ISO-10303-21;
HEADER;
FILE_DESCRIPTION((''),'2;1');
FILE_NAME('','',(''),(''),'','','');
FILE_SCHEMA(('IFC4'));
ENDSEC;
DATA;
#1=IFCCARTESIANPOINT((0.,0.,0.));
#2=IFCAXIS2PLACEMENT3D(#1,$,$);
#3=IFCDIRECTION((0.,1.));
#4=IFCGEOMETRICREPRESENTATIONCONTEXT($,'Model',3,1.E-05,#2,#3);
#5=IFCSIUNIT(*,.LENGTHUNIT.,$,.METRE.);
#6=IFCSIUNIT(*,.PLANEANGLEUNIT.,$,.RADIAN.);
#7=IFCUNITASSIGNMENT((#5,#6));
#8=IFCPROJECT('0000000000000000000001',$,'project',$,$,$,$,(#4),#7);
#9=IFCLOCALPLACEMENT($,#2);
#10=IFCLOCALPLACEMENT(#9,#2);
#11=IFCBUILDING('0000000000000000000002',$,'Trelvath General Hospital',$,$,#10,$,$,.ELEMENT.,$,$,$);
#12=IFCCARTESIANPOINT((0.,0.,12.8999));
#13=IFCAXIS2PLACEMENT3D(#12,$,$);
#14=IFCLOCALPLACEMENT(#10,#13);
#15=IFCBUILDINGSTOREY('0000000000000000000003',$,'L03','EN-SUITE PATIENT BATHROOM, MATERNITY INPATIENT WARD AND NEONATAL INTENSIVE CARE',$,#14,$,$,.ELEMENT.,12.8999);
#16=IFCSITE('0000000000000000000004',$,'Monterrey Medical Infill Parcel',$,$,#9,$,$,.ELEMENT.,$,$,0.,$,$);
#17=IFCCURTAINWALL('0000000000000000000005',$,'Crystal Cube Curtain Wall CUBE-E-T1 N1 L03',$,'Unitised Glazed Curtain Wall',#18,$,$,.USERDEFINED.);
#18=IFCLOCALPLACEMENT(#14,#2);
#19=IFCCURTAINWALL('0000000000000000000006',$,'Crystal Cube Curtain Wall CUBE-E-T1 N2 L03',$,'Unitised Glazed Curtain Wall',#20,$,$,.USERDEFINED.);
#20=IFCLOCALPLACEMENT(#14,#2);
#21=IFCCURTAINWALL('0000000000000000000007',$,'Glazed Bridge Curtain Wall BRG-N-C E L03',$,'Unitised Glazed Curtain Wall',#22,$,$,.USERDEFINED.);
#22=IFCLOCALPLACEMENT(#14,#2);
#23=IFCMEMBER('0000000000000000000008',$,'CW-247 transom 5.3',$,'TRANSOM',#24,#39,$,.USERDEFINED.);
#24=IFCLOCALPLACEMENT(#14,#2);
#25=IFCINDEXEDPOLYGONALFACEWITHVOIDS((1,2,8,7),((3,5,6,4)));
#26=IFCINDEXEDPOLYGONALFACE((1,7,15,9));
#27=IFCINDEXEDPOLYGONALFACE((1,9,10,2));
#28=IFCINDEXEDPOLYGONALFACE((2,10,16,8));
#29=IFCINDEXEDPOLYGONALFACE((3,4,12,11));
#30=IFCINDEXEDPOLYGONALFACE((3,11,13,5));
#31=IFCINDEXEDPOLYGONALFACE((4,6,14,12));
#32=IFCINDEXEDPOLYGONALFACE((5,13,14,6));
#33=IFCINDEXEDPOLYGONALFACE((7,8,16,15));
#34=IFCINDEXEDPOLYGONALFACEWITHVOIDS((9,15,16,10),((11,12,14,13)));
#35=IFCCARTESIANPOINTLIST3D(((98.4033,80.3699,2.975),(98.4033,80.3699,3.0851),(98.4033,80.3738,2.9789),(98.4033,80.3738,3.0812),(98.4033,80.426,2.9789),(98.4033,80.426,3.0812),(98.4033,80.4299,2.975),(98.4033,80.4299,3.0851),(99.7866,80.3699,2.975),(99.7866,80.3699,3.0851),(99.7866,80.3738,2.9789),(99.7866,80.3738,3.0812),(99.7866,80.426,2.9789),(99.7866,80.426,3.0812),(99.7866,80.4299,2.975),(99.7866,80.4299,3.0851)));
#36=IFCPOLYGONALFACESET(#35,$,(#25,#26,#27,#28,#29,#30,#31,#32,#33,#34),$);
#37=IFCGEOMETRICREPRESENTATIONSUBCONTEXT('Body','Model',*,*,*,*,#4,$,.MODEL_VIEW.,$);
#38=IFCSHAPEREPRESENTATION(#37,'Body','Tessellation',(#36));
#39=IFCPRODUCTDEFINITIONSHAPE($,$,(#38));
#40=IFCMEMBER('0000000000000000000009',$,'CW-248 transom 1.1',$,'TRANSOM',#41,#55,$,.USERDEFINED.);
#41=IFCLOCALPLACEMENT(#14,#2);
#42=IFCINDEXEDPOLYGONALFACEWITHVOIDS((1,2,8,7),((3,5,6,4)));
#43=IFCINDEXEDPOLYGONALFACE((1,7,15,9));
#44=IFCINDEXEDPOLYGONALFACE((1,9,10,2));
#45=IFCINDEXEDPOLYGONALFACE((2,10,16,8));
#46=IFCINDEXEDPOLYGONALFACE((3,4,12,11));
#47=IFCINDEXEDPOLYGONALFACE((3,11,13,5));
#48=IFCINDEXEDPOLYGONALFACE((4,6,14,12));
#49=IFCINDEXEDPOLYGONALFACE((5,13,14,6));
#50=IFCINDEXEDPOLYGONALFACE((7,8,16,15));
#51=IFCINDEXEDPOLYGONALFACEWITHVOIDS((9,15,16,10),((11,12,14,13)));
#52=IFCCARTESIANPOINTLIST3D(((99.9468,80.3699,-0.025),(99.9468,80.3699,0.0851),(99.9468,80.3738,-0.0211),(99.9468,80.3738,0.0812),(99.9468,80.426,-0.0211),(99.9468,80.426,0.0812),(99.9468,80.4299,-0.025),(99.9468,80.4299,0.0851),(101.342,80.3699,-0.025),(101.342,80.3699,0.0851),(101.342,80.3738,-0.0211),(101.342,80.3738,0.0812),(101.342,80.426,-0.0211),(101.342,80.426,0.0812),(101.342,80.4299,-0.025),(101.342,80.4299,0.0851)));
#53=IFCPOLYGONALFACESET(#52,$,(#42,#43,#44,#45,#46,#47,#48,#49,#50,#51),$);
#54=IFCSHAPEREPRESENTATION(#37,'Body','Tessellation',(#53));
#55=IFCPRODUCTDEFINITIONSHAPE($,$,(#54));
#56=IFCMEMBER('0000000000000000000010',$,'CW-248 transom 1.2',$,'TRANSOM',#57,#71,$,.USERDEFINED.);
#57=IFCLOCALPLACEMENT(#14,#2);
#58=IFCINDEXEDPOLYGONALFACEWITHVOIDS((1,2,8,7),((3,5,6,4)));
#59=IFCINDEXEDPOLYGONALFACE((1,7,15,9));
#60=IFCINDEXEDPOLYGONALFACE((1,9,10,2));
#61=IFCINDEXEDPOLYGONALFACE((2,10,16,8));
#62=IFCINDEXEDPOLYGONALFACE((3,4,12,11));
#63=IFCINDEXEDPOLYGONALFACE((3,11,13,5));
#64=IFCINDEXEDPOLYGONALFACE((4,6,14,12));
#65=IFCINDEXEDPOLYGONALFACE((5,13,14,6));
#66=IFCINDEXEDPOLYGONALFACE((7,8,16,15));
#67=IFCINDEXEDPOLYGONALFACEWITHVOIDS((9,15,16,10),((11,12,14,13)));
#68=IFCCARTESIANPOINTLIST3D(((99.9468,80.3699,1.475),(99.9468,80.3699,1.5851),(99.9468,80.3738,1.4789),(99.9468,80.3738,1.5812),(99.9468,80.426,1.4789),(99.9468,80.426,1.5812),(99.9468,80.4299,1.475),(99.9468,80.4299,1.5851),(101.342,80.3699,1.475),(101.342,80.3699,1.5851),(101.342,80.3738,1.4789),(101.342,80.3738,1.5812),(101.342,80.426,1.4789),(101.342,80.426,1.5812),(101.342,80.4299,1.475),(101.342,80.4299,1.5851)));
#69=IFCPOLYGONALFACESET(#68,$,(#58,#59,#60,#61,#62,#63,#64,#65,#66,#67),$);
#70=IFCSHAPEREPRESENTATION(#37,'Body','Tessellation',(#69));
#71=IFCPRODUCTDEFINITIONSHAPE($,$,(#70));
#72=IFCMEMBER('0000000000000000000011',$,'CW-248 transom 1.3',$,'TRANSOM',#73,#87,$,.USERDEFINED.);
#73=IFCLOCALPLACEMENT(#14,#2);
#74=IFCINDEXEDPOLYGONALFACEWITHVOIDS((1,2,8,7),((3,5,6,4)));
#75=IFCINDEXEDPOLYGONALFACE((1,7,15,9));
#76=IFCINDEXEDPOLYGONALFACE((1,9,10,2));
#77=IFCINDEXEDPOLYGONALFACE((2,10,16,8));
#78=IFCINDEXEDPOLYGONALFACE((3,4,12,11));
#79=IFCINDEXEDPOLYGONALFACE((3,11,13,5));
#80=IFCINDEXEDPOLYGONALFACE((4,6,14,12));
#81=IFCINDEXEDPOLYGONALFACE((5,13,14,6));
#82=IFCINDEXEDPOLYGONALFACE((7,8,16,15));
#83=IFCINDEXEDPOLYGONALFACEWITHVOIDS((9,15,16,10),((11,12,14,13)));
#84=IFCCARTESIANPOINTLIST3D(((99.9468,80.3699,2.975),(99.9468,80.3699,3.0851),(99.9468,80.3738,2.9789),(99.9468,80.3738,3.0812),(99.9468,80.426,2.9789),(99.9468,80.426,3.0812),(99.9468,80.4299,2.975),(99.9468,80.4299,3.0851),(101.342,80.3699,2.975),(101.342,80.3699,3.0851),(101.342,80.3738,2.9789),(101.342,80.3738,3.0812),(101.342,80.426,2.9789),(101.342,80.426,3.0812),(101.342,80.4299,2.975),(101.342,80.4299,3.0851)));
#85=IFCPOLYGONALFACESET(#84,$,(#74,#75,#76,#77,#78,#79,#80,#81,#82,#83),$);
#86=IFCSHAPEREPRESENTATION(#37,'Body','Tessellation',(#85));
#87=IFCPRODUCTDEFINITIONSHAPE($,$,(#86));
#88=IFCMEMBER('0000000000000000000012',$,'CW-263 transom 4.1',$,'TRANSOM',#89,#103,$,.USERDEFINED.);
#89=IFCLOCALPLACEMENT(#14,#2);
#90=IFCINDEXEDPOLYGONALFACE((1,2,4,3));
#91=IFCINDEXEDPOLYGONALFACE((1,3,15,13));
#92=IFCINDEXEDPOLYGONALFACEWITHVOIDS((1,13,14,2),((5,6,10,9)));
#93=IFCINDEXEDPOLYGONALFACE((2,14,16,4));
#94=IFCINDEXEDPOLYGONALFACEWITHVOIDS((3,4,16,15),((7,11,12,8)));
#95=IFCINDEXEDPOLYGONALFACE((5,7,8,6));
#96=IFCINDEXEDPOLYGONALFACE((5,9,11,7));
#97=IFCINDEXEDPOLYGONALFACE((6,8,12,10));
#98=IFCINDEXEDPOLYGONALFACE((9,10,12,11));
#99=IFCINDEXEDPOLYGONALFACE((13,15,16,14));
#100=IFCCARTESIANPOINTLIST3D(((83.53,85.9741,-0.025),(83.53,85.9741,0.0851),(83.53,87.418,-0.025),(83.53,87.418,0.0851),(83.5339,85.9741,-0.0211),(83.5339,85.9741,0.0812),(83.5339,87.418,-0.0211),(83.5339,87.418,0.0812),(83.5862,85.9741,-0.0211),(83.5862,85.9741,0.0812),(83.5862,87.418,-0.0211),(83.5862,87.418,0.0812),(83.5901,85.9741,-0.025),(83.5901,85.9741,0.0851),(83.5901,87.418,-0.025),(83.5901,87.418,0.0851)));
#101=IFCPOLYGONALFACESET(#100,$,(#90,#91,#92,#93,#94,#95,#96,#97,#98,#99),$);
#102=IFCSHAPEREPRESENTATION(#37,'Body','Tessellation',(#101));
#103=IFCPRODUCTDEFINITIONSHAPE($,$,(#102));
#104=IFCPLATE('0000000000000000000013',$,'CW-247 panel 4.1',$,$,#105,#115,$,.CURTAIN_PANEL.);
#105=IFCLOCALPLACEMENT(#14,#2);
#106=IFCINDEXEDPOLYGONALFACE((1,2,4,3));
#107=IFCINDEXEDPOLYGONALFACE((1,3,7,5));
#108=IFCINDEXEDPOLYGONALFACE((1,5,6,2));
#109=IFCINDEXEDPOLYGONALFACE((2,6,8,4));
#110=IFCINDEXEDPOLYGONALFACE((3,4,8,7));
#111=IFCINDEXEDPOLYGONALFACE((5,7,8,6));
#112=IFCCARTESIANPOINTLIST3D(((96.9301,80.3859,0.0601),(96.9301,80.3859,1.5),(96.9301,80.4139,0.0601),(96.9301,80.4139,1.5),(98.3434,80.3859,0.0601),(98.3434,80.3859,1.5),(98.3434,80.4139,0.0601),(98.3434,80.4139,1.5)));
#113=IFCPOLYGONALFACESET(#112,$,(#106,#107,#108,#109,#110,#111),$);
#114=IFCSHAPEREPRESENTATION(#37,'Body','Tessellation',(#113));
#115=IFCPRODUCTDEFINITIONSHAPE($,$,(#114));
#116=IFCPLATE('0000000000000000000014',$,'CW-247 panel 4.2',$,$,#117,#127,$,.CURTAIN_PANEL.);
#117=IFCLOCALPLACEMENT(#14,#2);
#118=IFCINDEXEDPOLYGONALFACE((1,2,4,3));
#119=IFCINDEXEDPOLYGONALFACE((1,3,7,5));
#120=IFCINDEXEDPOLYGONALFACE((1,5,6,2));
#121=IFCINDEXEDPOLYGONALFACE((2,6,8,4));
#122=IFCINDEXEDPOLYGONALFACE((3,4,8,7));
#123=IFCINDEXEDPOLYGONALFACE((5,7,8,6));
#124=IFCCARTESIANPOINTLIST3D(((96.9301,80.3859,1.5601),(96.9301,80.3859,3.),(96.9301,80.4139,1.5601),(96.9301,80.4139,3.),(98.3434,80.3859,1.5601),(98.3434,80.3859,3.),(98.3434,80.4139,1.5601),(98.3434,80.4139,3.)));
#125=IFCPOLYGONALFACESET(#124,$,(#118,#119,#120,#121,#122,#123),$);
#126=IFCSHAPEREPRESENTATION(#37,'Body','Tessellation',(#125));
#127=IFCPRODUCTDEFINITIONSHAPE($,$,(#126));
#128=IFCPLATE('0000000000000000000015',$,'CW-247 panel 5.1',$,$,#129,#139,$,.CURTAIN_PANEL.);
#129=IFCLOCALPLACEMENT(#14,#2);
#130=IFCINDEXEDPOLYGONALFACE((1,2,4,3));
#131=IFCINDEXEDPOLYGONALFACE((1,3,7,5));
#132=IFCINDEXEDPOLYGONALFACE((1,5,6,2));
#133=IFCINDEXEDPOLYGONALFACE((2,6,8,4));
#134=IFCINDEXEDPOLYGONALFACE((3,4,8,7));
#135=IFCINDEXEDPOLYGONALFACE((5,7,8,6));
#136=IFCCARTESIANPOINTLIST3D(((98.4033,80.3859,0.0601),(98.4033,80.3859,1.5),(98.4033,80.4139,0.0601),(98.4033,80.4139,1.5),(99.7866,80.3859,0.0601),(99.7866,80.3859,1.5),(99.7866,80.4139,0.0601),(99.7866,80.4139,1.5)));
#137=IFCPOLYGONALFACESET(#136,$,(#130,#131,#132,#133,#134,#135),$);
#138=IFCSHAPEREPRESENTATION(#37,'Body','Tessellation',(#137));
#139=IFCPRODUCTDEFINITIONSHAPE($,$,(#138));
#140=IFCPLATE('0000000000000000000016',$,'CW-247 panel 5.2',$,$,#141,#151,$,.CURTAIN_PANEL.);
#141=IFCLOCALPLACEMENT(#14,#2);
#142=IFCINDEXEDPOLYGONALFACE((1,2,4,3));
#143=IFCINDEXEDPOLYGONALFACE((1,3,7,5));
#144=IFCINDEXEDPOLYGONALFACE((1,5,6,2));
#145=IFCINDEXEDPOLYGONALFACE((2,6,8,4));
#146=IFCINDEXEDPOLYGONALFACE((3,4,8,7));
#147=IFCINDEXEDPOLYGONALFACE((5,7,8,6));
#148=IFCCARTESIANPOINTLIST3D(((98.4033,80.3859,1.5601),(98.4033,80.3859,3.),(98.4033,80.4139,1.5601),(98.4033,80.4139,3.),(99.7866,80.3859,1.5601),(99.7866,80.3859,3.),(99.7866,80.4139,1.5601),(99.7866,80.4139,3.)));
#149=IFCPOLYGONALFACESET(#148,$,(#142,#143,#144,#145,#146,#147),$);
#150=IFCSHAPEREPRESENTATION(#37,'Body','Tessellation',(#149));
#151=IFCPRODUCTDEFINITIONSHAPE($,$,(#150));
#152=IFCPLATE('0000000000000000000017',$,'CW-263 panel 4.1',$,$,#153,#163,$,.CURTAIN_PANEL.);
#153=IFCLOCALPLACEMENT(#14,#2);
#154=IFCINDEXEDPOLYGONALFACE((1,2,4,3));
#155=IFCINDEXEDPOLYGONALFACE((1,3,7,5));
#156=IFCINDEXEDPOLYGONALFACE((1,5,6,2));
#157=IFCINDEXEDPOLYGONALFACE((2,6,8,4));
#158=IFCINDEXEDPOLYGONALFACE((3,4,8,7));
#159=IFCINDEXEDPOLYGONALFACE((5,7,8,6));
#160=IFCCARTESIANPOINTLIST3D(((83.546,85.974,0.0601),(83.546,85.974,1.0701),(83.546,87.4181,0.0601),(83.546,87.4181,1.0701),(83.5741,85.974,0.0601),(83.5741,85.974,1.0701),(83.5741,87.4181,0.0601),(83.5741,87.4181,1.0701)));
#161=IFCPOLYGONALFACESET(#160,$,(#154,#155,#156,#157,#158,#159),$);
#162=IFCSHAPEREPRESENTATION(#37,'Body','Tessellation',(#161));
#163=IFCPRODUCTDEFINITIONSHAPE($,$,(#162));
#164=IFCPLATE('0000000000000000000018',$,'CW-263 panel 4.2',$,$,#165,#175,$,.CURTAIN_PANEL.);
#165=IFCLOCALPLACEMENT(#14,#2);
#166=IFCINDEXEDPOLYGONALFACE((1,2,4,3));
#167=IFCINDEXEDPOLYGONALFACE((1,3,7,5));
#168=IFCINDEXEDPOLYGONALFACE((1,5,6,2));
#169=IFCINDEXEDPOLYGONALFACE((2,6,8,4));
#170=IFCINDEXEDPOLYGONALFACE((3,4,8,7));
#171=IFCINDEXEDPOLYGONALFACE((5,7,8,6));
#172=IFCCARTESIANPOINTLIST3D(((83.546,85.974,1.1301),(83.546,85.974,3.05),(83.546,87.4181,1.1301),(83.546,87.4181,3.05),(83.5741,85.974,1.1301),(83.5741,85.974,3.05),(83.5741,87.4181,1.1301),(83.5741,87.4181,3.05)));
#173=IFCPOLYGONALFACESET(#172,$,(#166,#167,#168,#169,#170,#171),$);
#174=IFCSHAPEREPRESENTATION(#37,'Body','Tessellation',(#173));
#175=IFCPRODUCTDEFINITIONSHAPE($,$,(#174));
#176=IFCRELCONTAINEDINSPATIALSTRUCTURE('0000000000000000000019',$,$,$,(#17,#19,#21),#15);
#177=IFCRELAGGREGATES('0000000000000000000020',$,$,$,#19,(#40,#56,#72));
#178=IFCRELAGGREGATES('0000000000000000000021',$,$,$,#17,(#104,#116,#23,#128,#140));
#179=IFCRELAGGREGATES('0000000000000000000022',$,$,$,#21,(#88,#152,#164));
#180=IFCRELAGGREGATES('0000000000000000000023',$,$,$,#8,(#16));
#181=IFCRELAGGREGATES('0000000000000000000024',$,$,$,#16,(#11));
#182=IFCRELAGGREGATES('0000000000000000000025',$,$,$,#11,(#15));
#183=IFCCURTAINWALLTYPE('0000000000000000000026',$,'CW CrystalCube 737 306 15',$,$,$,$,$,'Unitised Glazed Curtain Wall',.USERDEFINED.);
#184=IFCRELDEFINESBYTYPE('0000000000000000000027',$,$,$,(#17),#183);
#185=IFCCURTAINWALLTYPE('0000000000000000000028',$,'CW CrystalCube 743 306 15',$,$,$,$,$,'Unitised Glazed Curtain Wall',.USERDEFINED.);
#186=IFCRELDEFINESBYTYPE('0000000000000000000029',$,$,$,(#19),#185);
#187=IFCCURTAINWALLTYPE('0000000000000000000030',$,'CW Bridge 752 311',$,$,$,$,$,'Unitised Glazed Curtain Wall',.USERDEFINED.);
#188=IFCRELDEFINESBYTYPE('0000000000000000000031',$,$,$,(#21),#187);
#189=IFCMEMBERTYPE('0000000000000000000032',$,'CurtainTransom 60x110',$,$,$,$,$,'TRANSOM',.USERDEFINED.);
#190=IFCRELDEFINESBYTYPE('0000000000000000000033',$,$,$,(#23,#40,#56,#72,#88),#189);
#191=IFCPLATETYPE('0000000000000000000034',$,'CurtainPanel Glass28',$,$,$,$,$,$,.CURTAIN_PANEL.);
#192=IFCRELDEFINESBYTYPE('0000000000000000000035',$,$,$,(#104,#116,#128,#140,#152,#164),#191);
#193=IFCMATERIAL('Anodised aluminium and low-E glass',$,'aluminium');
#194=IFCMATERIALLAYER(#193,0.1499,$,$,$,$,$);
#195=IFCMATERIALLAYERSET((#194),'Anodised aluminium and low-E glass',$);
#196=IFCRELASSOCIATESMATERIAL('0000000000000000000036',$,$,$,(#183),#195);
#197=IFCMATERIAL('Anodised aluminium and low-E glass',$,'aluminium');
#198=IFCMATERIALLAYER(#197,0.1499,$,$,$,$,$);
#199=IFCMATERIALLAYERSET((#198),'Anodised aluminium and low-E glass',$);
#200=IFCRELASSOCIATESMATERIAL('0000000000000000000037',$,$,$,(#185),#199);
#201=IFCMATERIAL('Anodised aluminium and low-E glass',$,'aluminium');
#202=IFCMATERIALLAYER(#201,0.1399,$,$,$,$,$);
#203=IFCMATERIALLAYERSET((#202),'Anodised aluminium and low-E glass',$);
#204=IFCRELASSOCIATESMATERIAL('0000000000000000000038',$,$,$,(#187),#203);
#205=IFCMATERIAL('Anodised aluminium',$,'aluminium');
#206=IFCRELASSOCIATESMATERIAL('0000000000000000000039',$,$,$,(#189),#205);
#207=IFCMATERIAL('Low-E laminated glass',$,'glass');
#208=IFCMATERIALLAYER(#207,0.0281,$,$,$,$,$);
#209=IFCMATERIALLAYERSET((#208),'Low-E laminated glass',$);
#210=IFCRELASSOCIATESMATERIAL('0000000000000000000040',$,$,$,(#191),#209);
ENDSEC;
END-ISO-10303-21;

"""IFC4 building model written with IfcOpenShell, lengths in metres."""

from ifc_helpers import new_model, si_unit, direction, frame, origin, origin_2d, place, context, subcontext, project, spatial, rectangle, hollow_rectangle, extrude, material, layer, layer_set, material_profile, profile_set, type_object, element, aggregate, save


model = new_model("IFC4")

# Units and contexts
model_context = context("Model", 3, precision=1e-05, world=origin(), true_north=direction((0.0, 1.0)))
body_context = subcontext(model_context, "Body", "Model", "MODEL_VIEW")
ifc_project = project(units=[si_unit("LENGTHUNIT", "METRE"), si_unit("PLANEANGLEUNIT", "RADIAN")], contexts=[model_context])

# Site, building, storey
site_placement = place(None, origin())
site = spatial("IfcSite", under=ifc_project, at=site_placement, Name="Monterrey Medical Infill Parcel", CompositionType="ELEMENT", RefElevation=0.0)
building_placement = place(site_placement, origin())
building = spatial("IfcBuilding", under=site, at=building_placement, Name="Trelvath General Hospital", CompositionType="ELEMENT")
storey_placement = place(building_placement, frame((0.0, 0.0, 12.8999)))
storey = spatial("IfcBuildingStorey", under=building, at=storey_placement, Name="L03", Description="EN-SUITE PATIENT BATHROOM, MATERNITY INPATIENT WARD AND NEONATAL INTENSIVE CARE", CompositionType="ELEMENT", Elevation=12.8999)

# Curtain wall
ifc_material_1 = material(Name="Anodised aluminium and low-E glass", Category="aluminium")
ifc_layer_1 = layer(ifc_material_1, 0.1499)
ifc_layer_set_1 = layer_set([ifc_layer_1], Name="Anodised aluminium and low-E glass")
curtain_wall_type_1 = type_object("IfcCurtainWallType", Name="CW CrystalCube 737 306 15", ElementType="Unitised Glazed Curtain Wall", PredefinedType="USERDEFINED", material=ifc_layer_set_1)
curtain_wall_1_placement = place(storey_placement, origin())
curtain_wall_1 = element("IfcCurtainWall", 1, at=curtain_wall_1_placement, inside=storey, type_object=curtain_wall_type_1, Name="Crystal Cube Curtain Wall CUBE-E-T1 N1 L03", ObjectType="Unitised Glazed Curtain Wall", PredefinedType="USERDEFINED")

# Curtain walls
ifc_material_2 = material(Name="Anodised aluminium and low-E glass", Category="aluminium")
ifc_layer_2 = layer(ifc_material_2, 0.1499)
ifc_layer_set_2 = layer_set([ifc_layer_2], Name="Anodised aluminium and low-E glass")
curtain_wall_type_2 = type_object("IfcCurtainWallType", Name="CW CrystalCube 743 306 15", ElementType="Unitised Glazed Curtain Wall", PredefinedType="USERDEFINED", material=ifc_layer_set_2)
curtain_wall_2_placement = place(storey_placement, origin())
curtain_wall_2 = element("IfcCurtainWall", 2, at=curtain_wall_2_placement, inside=storey, type_object=curtain_wall_type_2, Name="Crystal Cube Curtain Wall CUBE-E-T1 N2 L03", ObjectType="Unitised Glazed Curtain Wall", PredefinedType="USERDEFINED")
ifc_material_3 = material(Name="Anodised aluminium and low-E glass", Category="aluminium")
ifc_layer_3 = layer(ifc_material_3, 0.1399)
ifc_layer_set_3 = layer_set([ifc_layer_3], Name="Anodised aluminium and low-E glass")
curtain_wall_type_3 = type_object("IfcCurtainWallType", Name="CW Bridge 752 311", ElementType="Unitised Glazed Curtain Wall", PredefinedType="USERDEFINED", material=ifc_layer_set_3)
curtain_wall_3_placement = place(storey_placement, origin())
curtain_wall_3 = element("IfcCurtainWall", 3, at=curtain_wall_3_placement, inside=storey, type_object=curtain_wall_type_3, Name="Glazed Bridge Curtain Wall BRG-N-C E L03", ObjectType="Unitised Glazed Curtain Wall", PredefinedType="USERDEFINED")

# Members
ifc_material_4 = material(Name="Anodised aluminium", Category="aluminium")
ifc_material_profile_1 = material_profile(ifc_material_4, hollow_rectangle(XDim=0.0601, YDim=0.1101, WallThickness=0.0039, at=origin_2d()), Name="RHS60x110x4")
ifc_profile_set_1 = profile_set([ifc_material_profile_1], Name="Anodised aluminium")
member_type_1 = type_object("IfcMemberType", Name="CurtainTransom 60x110", ElementType="TRANSOM", PredefinedType="USERDEFINED", material=ifc_profile_set_1)
member_1_placement = place(storey_placement, frame((98.4033, 80.3999, 3.03), z_axis=(1.0, 0.0, 0.0), x_axis=(0.0, 1.0, 0.0)))
member_1 = element("IfcMember", 4, at=member_1_placement, type_object=member_type_1, Name="CW-247 transom 5.3", ObjectType="TRANSOM", PredefinedType="USERDEFINED", context=body_context, shape_type="SweptSolid", body=[
    extrude(hollow_rectangle(XDim=0.0601, YDim=0.1101, WallThickness=0.0039, at=origin_2d()), origin(), (0.0, 0.0, 1.0), 1.3833),
])
member_2_placement = place(storey_placement, frame((99.9468, 80.3999, 0.03), z_axis=(1.0, 0.0, 0.0), x_axis=(0.0, 1.0, 0.0)))
member_2 = element("IfcMember", 5, at=member_2_placement, type_object=member_type_1, Name="CW-248 transom 1.1", ObjectType="TRANSOM", PredefinedType="USERDEFINED", context=body_context, shape_type="SweptSolid", body=[
    extrude(hollow_rectangle(XDim=0.0601, YDim=0.1101, WallThickness=0.0039, at=origin_2d()), origin(), (0.0, 0.0, 1.0), 1.3953),
])
member_3_placement = place(storey_placement, frame((99.9468, 80.3999, 1.53), z_axis=(1.0, 0.0, 0.0), x_axis=(0.0, 1.0, 0.0)))
member_3 = element("IfcMember", 6, at=member_3_placement, type_object=member_type_1, Name="CW-248 transom 1.2", ObjectType="TRANSOM", PredefinedType="USERDEFINED", context=body_context, shape_type="SweptSolid", body=[
    extrude(hollow_rectangle(XDim=0.0601, YDim=0.1101, WallThickness=0.0039, at=origin_2d()), origin(), (0.0, 0.0, 1.0), 1.3953),
])
member_4_placement = place(storey_placement, frame((99.9468, 80.3999, 3.03), z_axis=(1.0, 0.0, 0.0), x_axis=(0.0, 1.0, 0.0)))
member_4 = element("IfcMember", 7, at=member_4_placement, type_object=member_type_1, Name="CW-248 transom 1.3", ObjectType="TRANSOM", PredefinedType="USERDEFINED", context=body_context, shape_type="SweptSolid", body=[
    extrude(hollow_rectangle(XDim=0.0601, YDim=0.1101, WallThickness=0.0039, at=origin_2d()), origin(), (0.0, 0.0, 1.0), 1.3953),
])
aggregate(curtain_wall_2, [member_2, member_3, member_4])
member_5_placement = place(storey_placement, frame((83.5601, 87.418, 0.03), z_axis=(0.0, -1.0, 0.0), x_axis=(1.0, 0.0, 0.0)))
member_5 = element("IfcMember", 8, at=member_5_placement, type_object=member_type_1, Name="CW-263 transom 4.1", ObjectType="TRANSOM", PredefinedType="USERDEFINED", context=body_context, shape_type="SweptSolid", body=[
    extrude(hollow_rectangle(XDim=0.0601, YDim=0.1101, WallThickness=0.0039, at=origin_2d()), origin(), (0.0, 0.0, 1.0), 1.4438),
])

# Plates
ifc_material_5 = material(Name="Low-E laminated glass", Category="glass")
ifc_layer_4 = layer(ifc_material_5, 0.0281)
ifc_layer_set_4 = layer_set([ifc_layer_4], Name="Low-E laminated glass")
plate_type = type_object("IfcPlateType", Name="CurtainPanel Glass28", PredefinedType="CURTAIN_PANEL", material=ifc_layer_set_4)
plate_1_placement = place(storey_placement, frame((97.6367, 80.3999, 0.0601), z_axis=(0.0, 0.0, 1.0), x_axis=(1.0, 0.0, 0.0)))
plate_1 = element("IfcPlate", 9, at=plate_1_placement, type_object=plate_type, Name="CW-247 panel 4.1", PredefinedType="CURTAIN_PANEL", context=body_context, shape_type="SweptSolid", body=[
    extrude(rectangle(XDim=1.4133, YDim=0.0281, at=origin_2d()), origin(), (0.0, 0.0, 1.0), 1.4399),
])
plate_2_placement = place(storey_placement, frame((97.6367, 80.3999, 1.5601), z_axis=(0.0, 0.0, 1.0), x_axis=(1.0, 0.0, 0.0)))
plate_2 = element("IfcPlate", 10, at=plate_2_placement, type_object=plate_type, Name="CW-247 panel 4.2", PredefinedType="CURTAIN_PANEL", context=body_context, shape_type="SweptSolid", body=[
    extrude(rectangle(XDim=1.4133, YDim=0.0281, at=origin_2d()), origin(), (0.0, 0.0, 1.0), 1.4399),
])
plate_3_placement = place(storey_placement, frame((99.095, 80.3999, 0.0601), z_axis=(0.0, 0.0, 1.0), x_axis=(1.0, 0.0, 0.0)))
plate_3 = element("IfcPlate", 11, at=plate_3_placement, type_object=plate_type, Name="CW-247 panel 5.1", PredefinedType="CURTAIN_PANEL", context=body_context, shape_type="SweptSolid", body=[
    extrude(rectangle(XDim=1.3833, YDim=0.0281, at=origin_2d()), origin(), (0.0, 0.0, 1.0), 1.4399),
])
plate_4_placement = place(storey_placement, frame((99.095, 80.3999, 1.5601), z_axis=(0.0, 0.0, 1.0), x_axis=(1.0, 0.0, 0.0)))
plate_4 = element("IfcPlate", 12, at=plate_4_placement, type_object=plate_type, Name="CW-247 panel 5.2", PredefinedType="CURTAIN_PANEL", context=body_context, shape_type="SweptSolid", body=[
    extrude(rectangle(XDim=1.3833, YDim=0.0281, at=origin_2d()), origin(), (0.0, 0.0, 1.0), 1.4399),
])
aggregate(curtain_wall_1, [plate_1, plate_2, member_1, plate_3, plate_4])
plate_5_placement = place(storey_placement, frame((83.5601, 86.696, 0.0601), z_axis=(0.0, 0.0, 1.0), x_axis=(0.0, -1.0, 0.0)))
plate_5 = element("IfcPlate", 13, at=plate_5_placement, type_object=plate_type, Name="CW-263 panel 4.1", PredefinedType="CURTAIN_PANEL", context=body_context, shape_type="SweptSolid", body=[
    extrude(rectangle(XDim=1.4441, YDim=0.0281, at=origin_2d()), origin(), (0.0, 0.0, 1.0), 1.01),
])
plate_6_placement = place(storey_placement, frame((83.5601, 86.696, 1.1301), z_axis=(0.0, 0.0, 1.0), x_axis=(0.0, -1.0, 0.0)))
plate_6 = element("IfcPlate", 14, at=plate_6_placement, type_object=plate_type, Name="CW-263 panel 4.2", PredefinedType="CURTAIN_PANEL", context=body_context, shape_type="SweptSolid", body=[
    extrude(rectangle(XDim=1.4441, YDim=0.0281, at=origin_2d()), origin(), (0.0, 0.0, 1.0), 1.9199),
])
aggregate(curtain_wall_3, [member_5, plate_5, plate_6])

save(model, "model.ifc")
